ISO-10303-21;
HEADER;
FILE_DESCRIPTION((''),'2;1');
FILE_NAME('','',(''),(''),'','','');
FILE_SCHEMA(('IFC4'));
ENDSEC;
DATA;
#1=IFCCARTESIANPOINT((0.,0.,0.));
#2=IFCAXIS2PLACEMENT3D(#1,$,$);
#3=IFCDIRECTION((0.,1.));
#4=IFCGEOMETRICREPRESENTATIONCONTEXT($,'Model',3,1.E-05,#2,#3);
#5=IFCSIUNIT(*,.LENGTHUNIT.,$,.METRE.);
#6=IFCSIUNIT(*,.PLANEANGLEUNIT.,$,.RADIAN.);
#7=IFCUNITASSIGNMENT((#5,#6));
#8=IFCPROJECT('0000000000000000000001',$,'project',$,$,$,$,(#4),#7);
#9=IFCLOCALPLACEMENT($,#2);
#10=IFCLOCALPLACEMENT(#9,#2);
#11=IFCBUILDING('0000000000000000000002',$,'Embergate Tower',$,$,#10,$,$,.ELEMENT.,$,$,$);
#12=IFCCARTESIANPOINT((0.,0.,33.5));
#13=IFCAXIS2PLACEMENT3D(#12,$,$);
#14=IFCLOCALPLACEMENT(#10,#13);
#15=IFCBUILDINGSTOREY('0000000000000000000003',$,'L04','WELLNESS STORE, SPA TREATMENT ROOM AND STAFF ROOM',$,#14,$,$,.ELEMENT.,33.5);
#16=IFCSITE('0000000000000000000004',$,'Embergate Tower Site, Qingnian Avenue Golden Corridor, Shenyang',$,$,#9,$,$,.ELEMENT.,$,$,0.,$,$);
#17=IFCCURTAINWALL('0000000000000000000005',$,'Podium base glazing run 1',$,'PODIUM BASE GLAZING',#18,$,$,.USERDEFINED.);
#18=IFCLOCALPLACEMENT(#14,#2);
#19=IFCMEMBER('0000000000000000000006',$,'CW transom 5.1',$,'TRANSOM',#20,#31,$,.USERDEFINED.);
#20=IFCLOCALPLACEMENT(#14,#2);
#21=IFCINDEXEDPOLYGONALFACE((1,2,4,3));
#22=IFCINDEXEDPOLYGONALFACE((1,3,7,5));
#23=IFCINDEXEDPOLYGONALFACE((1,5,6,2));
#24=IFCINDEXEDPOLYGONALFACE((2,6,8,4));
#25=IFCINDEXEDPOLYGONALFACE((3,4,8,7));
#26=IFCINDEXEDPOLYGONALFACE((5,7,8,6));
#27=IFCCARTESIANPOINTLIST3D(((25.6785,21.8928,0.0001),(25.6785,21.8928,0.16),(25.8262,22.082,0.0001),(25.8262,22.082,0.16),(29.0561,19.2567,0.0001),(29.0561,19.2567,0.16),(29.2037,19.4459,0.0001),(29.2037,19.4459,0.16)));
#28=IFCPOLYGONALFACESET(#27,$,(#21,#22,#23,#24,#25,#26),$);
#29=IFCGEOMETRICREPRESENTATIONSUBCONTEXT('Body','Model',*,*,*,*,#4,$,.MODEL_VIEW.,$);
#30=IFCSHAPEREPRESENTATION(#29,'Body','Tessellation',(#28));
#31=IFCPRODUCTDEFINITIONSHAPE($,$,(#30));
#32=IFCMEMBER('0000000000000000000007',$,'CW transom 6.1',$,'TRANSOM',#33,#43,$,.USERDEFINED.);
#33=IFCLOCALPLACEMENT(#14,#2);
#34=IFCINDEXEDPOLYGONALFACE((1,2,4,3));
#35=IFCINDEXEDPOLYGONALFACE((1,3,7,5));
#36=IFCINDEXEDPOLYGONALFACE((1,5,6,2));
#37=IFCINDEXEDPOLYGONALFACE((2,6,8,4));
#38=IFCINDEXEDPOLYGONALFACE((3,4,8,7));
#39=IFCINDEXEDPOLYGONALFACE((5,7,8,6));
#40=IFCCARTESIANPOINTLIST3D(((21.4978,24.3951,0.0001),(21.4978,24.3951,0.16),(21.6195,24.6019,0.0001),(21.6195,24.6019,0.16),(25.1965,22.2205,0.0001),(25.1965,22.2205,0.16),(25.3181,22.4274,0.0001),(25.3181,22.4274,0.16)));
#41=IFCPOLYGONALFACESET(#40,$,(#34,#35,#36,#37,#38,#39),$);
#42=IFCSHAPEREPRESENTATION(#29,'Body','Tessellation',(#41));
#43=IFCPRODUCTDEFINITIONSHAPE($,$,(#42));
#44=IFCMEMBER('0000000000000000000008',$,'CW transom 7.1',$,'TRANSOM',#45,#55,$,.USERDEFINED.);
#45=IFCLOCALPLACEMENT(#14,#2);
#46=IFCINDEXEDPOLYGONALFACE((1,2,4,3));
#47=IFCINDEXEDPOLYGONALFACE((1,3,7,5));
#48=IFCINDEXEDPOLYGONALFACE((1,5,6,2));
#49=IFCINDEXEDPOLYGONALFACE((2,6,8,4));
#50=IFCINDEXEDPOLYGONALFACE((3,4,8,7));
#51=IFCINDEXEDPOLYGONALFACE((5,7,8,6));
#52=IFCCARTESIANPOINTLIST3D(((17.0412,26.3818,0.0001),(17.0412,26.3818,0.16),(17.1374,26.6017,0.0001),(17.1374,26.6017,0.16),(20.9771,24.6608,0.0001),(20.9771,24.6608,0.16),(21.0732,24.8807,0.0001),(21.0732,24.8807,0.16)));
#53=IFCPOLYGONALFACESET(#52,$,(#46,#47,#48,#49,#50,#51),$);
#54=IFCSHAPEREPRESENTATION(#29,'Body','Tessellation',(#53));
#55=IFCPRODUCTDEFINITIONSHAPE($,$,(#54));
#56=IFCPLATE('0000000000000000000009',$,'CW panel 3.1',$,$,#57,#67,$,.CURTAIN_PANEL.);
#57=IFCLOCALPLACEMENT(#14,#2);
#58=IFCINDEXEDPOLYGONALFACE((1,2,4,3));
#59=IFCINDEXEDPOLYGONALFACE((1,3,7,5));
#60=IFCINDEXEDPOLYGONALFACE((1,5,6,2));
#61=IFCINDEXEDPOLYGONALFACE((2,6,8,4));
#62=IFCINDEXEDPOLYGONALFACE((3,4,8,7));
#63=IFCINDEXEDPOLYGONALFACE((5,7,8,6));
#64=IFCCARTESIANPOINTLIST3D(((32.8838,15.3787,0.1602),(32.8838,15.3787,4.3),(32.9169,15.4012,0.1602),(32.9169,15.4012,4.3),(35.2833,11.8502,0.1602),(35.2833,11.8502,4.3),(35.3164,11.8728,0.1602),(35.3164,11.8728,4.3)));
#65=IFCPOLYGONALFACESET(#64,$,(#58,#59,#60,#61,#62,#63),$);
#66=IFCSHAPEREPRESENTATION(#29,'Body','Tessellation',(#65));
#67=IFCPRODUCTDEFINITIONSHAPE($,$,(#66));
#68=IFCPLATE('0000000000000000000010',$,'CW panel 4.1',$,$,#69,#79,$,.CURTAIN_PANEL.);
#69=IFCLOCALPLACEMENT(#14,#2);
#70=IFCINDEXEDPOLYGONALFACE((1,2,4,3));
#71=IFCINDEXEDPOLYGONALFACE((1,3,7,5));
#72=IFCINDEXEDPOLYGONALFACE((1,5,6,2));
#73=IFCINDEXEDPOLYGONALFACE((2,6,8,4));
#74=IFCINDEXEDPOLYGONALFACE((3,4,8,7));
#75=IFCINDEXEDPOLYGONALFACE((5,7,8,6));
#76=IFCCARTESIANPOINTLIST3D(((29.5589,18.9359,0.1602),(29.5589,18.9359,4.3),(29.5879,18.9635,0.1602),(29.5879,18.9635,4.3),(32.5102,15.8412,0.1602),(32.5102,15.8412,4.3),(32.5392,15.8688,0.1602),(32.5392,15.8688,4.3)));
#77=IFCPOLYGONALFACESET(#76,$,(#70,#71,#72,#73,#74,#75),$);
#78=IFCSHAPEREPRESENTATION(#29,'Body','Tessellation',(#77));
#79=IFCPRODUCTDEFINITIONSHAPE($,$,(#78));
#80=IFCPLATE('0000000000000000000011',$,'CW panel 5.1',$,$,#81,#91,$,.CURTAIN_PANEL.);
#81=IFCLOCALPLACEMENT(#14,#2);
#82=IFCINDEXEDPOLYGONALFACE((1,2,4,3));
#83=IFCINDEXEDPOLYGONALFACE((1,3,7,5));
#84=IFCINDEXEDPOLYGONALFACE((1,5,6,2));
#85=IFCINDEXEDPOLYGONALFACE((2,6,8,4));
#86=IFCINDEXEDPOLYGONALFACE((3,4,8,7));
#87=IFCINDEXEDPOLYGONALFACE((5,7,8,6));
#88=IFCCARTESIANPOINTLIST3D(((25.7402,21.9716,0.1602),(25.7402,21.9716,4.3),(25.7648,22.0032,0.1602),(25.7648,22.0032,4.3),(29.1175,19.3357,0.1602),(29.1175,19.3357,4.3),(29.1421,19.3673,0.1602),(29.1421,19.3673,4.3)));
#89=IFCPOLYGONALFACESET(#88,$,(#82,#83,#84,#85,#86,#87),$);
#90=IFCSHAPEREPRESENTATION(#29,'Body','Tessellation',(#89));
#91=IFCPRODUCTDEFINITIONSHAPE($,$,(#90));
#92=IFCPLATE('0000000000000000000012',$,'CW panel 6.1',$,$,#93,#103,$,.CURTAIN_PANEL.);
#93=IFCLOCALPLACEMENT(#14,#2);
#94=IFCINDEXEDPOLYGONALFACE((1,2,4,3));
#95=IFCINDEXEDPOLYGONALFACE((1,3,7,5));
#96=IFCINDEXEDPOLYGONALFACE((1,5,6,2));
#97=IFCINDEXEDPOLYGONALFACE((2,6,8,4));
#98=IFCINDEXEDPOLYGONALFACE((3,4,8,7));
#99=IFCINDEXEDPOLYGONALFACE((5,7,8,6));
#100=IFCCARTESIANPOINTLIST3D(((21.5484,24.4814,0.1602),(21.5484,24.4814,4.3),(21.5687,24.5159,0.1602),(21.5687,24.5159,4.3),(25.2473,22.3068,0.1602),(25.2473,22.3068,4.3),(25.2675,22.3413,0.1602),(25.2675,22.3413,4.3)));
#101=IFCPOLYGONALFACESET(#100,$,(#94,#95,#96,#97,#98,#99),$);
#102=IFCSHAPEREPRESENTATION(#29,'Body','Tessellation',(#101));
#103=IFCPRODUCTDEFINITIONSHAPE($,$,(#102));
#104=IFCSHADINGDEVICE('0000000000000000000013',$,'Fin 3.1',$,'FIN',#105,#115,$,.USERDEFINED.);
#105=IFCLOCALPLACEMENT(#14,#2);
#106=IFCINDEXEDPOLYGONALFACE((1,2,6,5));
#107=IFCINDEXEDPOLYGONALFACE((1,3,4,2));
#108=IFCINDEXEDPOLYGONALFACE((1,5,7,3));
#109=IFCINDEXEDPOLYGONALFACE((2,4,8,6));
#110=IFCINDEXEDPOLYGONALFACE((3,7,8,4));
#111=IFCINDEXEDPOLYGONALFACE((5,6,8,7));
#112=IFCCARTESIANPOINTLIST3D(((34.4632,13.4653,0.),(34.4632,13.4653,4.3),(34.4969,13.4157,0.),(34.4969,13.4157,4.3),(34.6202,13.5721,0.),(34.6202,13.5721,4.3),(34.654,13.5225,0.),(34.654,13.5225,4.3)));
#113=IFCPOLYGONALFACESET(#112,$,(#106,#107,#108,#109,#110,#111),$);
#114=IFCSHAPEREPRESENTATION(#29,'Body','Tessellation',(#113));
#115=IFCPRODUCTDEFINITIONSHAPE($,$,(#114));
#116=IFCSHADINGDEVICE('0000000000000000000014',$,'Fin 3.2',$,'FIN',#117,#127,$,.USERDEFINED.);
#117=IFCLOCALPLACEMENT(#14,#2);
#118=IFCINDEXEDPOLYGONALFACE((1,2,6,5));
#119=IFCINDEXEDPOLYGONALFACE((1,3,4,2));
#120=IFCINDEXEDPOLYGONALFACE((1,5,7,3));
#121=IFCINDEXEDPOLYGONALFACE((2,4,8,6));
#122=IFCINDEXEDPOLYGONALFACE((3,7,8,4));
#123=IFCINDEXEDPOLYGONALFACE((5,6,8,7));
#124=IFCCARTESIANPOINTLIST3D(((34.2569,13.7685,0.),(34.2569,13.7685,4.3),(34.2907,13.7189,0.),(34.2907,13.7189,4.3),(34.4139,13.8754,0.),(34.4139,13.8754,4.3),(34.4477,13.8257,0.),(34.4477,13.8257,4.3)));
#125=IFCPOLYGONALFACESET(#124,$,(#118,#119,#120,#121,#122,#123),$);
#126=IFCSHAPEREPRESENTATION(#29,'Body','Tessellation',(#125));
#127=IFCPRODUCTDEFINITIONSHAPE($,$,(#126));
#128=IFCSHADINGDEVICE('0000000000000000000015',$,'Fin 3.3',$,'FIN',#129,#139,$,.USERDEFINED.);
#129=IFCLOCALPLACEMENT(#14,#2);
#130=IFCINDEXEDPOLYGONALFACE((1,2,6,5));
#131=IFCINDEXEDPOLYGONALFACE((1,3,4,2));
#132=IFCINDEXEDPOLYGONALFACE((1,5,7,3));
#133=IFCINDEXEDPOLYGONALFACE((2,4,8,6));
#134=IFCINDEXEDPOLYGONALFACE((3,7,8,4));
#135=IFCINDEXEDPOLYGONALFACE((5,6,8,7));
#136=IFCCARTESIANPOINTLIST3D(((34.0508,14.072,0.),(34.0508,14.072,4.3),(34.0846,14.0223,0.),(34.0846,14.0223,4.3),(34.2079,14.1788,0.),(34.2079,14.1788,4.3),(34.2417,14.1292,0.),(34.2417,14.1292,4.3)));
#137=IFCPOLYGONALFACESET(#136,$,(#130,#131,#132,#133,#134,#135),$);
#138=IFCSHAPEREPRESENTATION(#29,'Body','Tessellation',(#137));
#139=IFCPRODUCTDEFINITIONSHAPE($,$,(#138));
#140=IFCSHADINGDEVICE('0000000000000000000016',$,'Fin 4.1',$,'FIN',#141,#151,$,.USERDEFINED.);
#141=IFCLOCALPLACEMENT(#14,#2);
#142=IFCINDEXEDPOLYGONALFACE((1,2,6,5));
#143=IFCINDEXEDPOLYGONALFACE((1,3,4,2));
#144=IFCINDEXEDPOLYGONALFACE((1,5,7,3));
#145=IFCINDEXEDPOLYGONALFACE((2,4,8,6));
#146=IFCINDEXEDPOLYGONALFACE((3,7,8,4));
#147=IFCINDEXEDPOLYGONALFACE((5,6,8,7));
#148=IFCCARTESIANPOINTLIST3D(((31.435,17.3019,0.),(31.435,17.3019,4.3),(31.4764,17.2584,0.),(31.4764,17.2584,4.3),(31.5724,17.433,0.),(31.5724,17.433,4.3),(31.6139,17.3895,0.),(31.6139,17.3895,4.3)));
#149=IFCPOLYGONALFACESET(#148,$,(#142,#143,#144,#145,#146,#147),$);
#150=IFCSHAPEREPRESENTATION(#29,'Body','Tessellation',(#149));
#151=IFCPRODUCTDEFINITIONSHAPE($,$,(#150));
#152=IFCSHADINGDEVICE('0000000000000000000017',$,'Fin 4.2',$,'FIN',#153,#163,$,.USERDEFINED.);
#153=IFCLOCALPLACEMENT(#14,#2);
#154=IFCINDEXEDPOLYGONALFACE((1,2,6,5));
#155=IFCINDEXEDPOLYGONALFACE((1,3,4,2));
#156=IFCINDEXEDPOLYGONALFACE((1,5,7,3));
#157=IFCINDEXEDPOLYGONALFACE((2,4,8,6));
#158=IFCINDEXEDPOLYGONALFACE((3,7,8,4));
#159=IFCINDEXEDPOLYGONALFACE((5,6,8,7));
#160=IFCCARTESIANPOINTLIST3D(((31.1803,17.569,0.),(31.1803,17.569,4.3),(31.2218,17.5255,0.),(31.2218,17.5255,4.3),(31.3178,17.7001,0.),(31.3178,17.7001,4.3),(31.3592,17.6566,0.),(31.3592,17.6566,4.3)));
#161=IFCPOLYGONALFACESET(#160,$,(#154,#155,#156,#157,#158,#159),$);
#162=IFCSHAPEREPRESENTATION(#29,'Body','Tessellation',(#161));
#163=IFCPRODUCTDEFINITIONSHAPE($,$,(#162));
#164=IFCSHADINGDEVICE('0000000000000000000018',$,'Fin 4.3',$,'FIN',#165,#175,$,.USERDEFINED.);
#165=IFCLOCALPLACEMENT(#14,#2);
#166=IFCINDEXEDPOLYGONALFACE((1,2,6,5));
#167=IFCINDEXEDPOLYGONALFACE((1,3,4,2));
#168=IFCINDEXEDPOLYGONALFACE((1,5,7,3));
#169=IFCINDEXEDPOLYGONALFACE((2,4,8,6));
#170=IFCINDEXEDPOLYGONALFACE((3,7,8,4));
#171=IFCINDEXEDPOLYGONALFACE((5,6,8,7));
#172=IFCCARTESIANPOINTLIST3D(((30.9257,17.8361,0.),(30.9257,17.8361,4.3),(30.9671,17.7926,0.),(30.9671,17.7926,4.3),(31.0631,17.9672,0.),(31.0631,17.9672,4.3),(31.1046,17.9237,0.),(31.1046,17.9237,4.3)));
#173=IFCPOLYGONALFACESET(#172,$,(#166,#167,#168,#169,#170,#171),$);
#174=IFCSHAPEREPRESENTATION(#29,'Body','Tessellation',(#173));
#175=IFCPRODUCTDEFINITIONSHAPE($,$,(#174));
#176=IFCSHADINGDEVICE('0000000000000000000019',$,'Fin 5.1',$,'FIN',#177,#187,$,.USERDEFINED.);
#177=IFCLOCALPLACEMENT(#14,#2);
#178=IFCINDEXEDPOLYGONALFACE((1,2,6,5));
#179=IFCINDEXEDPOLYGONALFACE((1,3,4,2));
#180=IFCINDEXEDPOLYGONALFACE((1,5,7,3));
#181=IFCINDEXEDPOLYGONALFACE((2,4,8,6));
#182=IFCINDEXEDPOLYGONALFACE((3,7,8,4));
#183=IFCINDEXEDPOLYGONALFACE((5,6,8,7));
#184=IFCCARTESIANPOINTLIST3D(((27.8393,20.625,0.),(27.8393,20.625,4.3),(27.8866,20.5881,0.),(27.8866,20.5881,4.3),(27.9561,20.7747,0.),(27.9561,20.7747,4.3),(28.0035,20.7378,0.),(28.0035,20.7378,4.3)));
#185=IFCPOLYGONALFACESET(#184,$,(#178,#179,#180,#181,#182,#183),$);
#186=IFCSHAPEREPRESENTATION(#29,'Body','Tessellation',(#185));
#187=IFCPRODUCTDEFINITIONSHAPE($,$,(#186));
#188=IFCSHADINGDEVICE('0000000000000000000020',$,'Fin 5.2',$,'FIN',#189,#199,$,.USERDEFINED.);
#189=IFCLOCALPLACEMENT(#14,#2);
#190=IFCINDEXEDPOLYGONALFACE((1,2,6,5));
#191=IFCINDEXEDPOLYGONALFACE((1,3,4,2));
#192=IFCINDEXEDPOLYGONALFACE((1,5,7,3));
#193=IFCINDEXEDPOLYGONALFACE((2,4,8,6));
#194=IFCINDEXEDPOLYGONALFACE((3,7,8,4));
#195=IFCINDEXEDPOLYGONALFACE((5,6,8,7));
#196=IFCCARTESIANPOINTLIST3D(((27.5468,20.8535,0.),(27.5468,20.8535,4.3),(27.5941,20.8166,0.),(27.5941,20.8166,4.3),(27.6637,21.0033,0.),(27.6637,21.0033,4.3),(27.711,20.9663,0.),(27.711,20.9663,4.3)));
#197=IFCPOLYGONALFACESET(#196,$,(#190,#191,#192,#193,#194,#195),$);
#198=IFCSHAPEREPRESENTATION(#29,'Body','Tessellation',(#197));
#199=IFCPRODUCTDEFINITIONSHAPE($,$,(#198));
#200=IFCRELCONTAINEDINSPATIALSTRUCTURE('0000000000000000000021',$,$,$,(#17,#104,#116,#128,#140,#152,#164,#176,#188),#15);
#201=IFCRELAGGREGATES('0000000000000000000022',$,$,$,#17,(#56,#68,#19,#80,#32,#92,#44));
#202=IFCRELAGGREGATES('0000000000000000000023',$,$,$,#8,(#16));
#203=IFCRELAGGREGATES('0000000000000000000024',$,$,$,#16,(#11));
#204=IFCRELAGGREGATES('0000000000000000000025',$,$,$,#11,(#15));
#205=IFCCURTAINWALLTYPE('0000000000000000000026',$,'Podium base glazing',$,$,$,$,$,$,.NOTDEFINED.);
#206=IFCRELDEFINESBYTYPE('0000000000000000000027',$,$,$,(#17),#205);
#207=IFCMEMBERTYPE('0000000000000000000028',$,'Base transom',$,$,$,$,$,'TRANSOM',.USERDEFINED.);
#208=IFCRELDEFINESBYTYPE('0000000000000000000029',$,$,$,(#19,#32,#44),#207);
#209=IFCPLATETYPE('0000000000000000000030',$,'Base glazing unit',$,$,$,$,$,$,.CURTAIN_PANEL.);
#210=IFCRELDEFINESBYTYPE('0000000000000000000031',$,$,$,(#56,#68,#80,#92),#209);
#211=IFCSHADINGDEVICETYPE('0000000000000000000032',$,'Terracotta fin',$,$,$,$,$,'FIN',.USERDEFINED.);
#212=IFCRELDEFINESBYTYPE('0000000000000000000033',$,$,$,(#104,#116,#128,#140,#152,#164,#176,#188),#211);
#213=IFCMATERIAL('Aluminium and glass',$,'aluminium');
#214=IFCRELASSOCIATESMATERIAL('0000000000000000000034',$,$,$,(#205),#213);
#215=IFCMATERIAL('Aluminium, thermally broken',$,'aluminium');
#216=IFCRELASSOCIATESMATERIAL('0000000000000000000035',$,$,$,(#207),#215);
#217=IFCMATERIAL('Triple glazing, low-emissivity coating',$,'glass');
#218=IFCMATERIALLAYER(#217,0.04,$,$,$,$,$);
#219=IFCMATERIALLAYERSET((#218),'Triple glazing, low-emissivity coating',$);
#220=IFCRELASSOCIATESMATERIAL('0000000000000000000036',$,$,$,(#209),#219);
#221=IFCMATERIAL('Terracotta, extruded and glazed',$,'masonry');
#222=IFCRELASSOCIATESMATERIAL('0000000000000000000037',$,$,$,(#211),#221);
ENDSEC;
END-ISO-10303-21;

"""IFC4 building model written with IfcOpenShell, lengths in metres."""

from ifc_helpers import new_model, si_unit, direction, frame, origin, origin_2d, place, context, subcontext, project, spatial, rectangle, extrude, source, transform, mapped, material, layer, layer_set, material_profile, profile_set, type_object, element, aggregate, save


model = new_model("IFC4")

# Units and contexts
model_context = context("Model", 3, precision=1e-05, world=origin(), true_north=direction((0.0, 1.0)))
body_context = subcontext(model_context, "Body", "Model", "MODEL_VIEW")
ifc_project = project(units=[si_unit("LENGTHUNIT", "METRE"), si_unit("PLANEANGLEUNIT", "RADIAN")], contexts=[model_context])

# Site, building, storey
site_placement = place(None, origin())
site = spatial("IfcSite", under=ifc_project, at=site_placement, Name="Embergate Tower Site, Qingnian Avenue Golden Corridor, Shenyang", CompositionType="ELEMENT", RefElevation=0.0)
building_placement = place(site_placement, origin())
building = spatial("IfcBuilding", under=site, at=building_placement, Name="Embergate Tower", CompositionType="ELEMENT")
storey_placement = place(building_placement, frame((0.0, 0.0, 33.5)))
storey = spatial("IfcBuildingStorey", under=building, at=storey_placement, Name="L04", Description="WELLNESS STORE, SPA TREATMENT ROOM AND STAFF ROOM", CompositionType="ELEMENT", Elevation=33.5)

# Curtain wall, members, plates
ifc_material_1 = material(Name="Aluminium and glass", Category="aluminium")
curtain_wall_type = type_object("IfcCurtainWallType", Name="Podium base glazing", PredefinedType="NOTDEFINED", material=ifc_material_1)
curtain_wall_placement = place(storey_placement, origin())
curtain_wall = element("IfcCurtainWall", 1, at=curtain_wall_placement, inside=storey, type_object=curtain_wall_type, Name="Podium base glazing run 1", ObjectType="PODIUM BASE GLAZING", PredefinedType="USERDEFINED")
ifc_material_2 = material(Name="Aluminium, thermally broken", Category="aluminium")
ifc_material_profile_1 = material_profile(ifc_material_2, rectangle(XDim=0.24, YDim=0.1599, at=origin_2d()), Name="AL 160x240")
ifc_profile_set_1 = profile_set([ifc_material_profile_1], Name="Aluminium, thermally broken")
member_type_1 = type_object("IfcMemberType", Name="Base transom", ElementType="TRANSOM", PredefinedType="USERDEFINED", material=ifc_profile_set_1)
shared_shape_1 = source(origin(), body_context, "Body", "SweptSolid", [
    extrude(rectangle(XDim=0.24, YDim=0.1599, at=origin_2d()), origin(), (0.0, 0.0, 1.0), 4.2844),
])
member_1_placement = place(storey_placement, frame((29.1299, 19.3513, 0.0801), z_axis=(-0.788323, 0.615261, 0.0), x_axis=(-0.615261, -0.788323, 0.0)))
member_1 = element("IfcMember", 2, at=member_1_placement, type_object=member_type_1, Name="CW transom 5.1", ObjectType="TRANSOM", PredefinedType="USERDEFINED", context=body_context, shape_type="MappedRepresentation", body=[
    mapped(shared_shape_1, transform((0.0, 0.0, 0.0))),
])
shared_shape_2 = source(origin(), body_context, "Body", "SweptSolid", [
    extrude(rectangle(XDim=0.24, YDim=0.1599, at=origin_2d()), origin(), (0.0, 0.0, 1.0), 4.2905),
])
member_2_placement = place(storey_placement, frame((25.2573, 22.324, 0.0801), z_axis=(-0.862053, 0.506819, 0.0), x_axis=(-0.506819, -0.862053, 0.0)))
member_2 = element("IfcMember", 3, at=member_2_placement, type_object=member_type_1, Name="CW transom 6.1", ObjectType="TRANSOM", PredefinedType="USERDEFINED", context=body_context, shape_type="MappedRepresentation", body=[
    mapped(shared_shape_2, transform((0.0, 0.0, 0.0))),
])
shared_shape_3 = source(origin(), body_context, "Body", "SweptSolid", [
    extrude(rectangle(XDim=0.24, YDim=0.1599, at=origin_2d()), origin(), (0.0, 0.0, 1.0), 4.2957),
])
member_3_placement = place(storey_placement, frame((21.0251, 24.7708, 0.0801), z_axis=(-0.916239, 0.400631, 0.0), x_axis=(-0.400631, -0.916239, 0.0)))
member_3 = element("IfcMember", 4, at=member_3_placement, type_object=member_type_1, Name="CW transom 7.1", ObjectType="TRANSOM", PredefinedType="USERDEFINED", context=body_context, shape_type="MappedRepresentation", body=[
    mapped(shared_shape_3, transform((0.0, 0.0, 0.0))),
])
ifc_material_3 = material(Name="Triple glazing, low-emissivity coating", Category="glass")
ifc_layer = layer(ifc_material_3, 0.04)
ifc_layer_set = layer_set([ifc_layer], Name="Triple glazing, low-emissivity coating")
plate_type = type_object("IfcPlateType", Name="Base glazing unit", PredefinedType="CURTAIN_PANEL", material=ifc_layer_set)
shared_shape_4 = source(origin(), body_context, "Body", "SweptSolid", [
    extrude(rectangle(XDim=4.2671, YDim=0.04, at=origin_2d()), origin(), (0.0, 0.0, 1.0), 4.1399),
])
plate_1_placement = place(storey_placement, frame((34.1001, 13.6257, 0.1602), z_axis=(0.0, 0.0, 1.0), x_axis=(-0.562346, 0.826902, 0.0)))
plate_1 = element("IfcPlate", 5, at=plate_1_placement, type_object=plate_type, Name="CW panel 3.1", PredefinedType="CURTAIN_PANEL", context=body_context, shape_type="MappedRepresentation", body=[
    mapped(shared_shape_4, transform((0.0, 0.0, 0.0))),
])
shared_shape_5 = source(origin(), body_context, "Body", "SweptSolid", [
    extrude(rectangle(XDim=4.2764, YDim=0.04, at=origin_2d()), origin(), (0.0, 0.0, 1.0), 4.1399),
])
plate_2_placement = place(storey_placement, frame((31.0491, 17.4023, 0.1602), z_axis=(0.0, 0.0, 1.0), x_axis=(-0.690138, 0.723678, 0.0)))
plate_2 = element("IfcPlate", 6, at=plate_2_placement, type_object=plate_type, Name="CW panel 4.1", PredefinedType="CURTAIN_PANEL", context=body_context, shape_type="MappedRepresentation", body=[
    mapped(shared_shape_5, transform((0.0, 0.0, 0.0))),
])
shared_shape_6 = source(origin(), body_context, "Body", "SweptSolid", [
    extrude(rectangle(XDim=4.2842, YDim=0.04, at=origin_2d()), origin(), (0.0, 0.0, 1.0), 4.1399),
])
plate_3_placement = place(storey_placement, frame((27.4412, 20.6694, 0.1602), z_axis=(0.0, 0.0, 1.0), x_axis=(-0.788322, 0.615263, 0.0)))
plate_3 = element("IfcPlate", 7, at=plate_3_placement, type_object=plate_type, Name="CW panel 5.1", PredefinedType="CURTAIN_PANEL", context=body_context, shape_type="MappedRepresentation", body=[
    mapped(shared_shape_6, transform((0.0, 0.0, 0.0))),
])
shared_shape_7 = source(origin(), body_context, "Body", "SweptSolid", [
    extrude(rectangle(XDim=4.2908, YDim=0.04, at=origin_2d()), origin(), (0.0, 0.0, 1.0), 4.1399),
])
plate_4_placement = place(storey_placement, frame((23.408, 23.4114, 0.1602), z_axis=(0.0, 0.0, 1.0), x_axis=(-0.862055, 0.506815, 0.0)))
plate_4 = element("IfcPlate", 8, at=plate_4_placement, type_object=plate_type, Name="CW panel 6.1", PredefinedType="CURTAIN_PANEL", context=body_context, shape_type="MappedRepresentation", body=[
    mapped(shared_shape_7, transform((0.0, 0.0, 0.0))),
])
aggregate(curtain_wall, [plate_1, plate_2, member_1, plate_3, member_2, plate_4, member_3])

# Shading devices
ifc_material_4 = material(Name="Terracotta, extruded and glazed", Category="masonry")
ifc_material_profile_2 = material_profile(ifc_material_4, rectangle(XDim=0.1899, YDim=0.0601, at=origin_2d()), Name="TC 190x60")
ifc_profile_set_2 = profile_set([ifc_material_profile_2], Name="Terracotta, extruded and glazed")
shading_device_type = type_object("IfcShadingDeviceType", Name="Terracotta fin", ElementType="FIN", PredefinedType="USERDEFINED", material=ifc_profile_set_2)
shared_shape_8 = source(origin(), body_context, "Body", "SweptSolid", [
    extrude(rectangle(XDim=0.1899, YDim=0.0601, at=origin_2d()), origin(), (0.0, 0.0, 1.0), 4.3),
])
for number, where, z_axis, x_axis, name in (
    (9, (34.5586, 13.4939, 0.0), (0.0, 0.0, 1.0), (-0.826902, -0.562346, 0.0), "Fin 3.1"),
    (10, (34.3523, 13.7971, 0.0), (0.0, 0.0, 1.0), (-0.826902, -0.562346, 0.0), "Fin 3.2"),
    (11, (34.1462, 14.1006, 0.0), (0.0, 0.0, 1.0), (-0.826902, -0.562346, 0.0), "Fin 3.3"),
    (12, (31.5244, 17.3457, 0.0), (0.0, 0.0, 1.0), (-0.723678, -0.690138, 0.0), "Fin 4.1"),
    (13, (31.2698, 17.6128, 0.0), (0.0, 0.0, 1.0), (-0.723678, -0.690138, 0.0), "Fin 4.2"),
    (14, (31.0151, 17.8799, 0.0), (0.0, 0.0, 1.0), (-0.723678, -0.690138, 0.0), "Fin 4.3"),
    (15, (27.9214, 20.6814, 0.0), (0.0, 0.0, 1.0), (-0.615263, -0.788322, 0.0), "Fin 5.1"),
    (16, (27.6289, 20.9099, 0.0), (0.0, 0.0, 1.0), (-0.615263, -0.788322, 0.0), "Fin 5.2"),
):
    element("IfcShadingDevice", number, at=place(storey_placement, frame(where, z_axis=z_axis, x_axis=x_axis)), inside=storey, type_object=shading_device_type, Name=name, ObjectType="FIN", PredefinedType="USERDEFINED", context=body_context, shape_type="MappedRepresentation", body=[
        mapped(shared_shape_8, transform((0.0, 0.0, 0.0))),
    ])

save(model, "model.ifc")
